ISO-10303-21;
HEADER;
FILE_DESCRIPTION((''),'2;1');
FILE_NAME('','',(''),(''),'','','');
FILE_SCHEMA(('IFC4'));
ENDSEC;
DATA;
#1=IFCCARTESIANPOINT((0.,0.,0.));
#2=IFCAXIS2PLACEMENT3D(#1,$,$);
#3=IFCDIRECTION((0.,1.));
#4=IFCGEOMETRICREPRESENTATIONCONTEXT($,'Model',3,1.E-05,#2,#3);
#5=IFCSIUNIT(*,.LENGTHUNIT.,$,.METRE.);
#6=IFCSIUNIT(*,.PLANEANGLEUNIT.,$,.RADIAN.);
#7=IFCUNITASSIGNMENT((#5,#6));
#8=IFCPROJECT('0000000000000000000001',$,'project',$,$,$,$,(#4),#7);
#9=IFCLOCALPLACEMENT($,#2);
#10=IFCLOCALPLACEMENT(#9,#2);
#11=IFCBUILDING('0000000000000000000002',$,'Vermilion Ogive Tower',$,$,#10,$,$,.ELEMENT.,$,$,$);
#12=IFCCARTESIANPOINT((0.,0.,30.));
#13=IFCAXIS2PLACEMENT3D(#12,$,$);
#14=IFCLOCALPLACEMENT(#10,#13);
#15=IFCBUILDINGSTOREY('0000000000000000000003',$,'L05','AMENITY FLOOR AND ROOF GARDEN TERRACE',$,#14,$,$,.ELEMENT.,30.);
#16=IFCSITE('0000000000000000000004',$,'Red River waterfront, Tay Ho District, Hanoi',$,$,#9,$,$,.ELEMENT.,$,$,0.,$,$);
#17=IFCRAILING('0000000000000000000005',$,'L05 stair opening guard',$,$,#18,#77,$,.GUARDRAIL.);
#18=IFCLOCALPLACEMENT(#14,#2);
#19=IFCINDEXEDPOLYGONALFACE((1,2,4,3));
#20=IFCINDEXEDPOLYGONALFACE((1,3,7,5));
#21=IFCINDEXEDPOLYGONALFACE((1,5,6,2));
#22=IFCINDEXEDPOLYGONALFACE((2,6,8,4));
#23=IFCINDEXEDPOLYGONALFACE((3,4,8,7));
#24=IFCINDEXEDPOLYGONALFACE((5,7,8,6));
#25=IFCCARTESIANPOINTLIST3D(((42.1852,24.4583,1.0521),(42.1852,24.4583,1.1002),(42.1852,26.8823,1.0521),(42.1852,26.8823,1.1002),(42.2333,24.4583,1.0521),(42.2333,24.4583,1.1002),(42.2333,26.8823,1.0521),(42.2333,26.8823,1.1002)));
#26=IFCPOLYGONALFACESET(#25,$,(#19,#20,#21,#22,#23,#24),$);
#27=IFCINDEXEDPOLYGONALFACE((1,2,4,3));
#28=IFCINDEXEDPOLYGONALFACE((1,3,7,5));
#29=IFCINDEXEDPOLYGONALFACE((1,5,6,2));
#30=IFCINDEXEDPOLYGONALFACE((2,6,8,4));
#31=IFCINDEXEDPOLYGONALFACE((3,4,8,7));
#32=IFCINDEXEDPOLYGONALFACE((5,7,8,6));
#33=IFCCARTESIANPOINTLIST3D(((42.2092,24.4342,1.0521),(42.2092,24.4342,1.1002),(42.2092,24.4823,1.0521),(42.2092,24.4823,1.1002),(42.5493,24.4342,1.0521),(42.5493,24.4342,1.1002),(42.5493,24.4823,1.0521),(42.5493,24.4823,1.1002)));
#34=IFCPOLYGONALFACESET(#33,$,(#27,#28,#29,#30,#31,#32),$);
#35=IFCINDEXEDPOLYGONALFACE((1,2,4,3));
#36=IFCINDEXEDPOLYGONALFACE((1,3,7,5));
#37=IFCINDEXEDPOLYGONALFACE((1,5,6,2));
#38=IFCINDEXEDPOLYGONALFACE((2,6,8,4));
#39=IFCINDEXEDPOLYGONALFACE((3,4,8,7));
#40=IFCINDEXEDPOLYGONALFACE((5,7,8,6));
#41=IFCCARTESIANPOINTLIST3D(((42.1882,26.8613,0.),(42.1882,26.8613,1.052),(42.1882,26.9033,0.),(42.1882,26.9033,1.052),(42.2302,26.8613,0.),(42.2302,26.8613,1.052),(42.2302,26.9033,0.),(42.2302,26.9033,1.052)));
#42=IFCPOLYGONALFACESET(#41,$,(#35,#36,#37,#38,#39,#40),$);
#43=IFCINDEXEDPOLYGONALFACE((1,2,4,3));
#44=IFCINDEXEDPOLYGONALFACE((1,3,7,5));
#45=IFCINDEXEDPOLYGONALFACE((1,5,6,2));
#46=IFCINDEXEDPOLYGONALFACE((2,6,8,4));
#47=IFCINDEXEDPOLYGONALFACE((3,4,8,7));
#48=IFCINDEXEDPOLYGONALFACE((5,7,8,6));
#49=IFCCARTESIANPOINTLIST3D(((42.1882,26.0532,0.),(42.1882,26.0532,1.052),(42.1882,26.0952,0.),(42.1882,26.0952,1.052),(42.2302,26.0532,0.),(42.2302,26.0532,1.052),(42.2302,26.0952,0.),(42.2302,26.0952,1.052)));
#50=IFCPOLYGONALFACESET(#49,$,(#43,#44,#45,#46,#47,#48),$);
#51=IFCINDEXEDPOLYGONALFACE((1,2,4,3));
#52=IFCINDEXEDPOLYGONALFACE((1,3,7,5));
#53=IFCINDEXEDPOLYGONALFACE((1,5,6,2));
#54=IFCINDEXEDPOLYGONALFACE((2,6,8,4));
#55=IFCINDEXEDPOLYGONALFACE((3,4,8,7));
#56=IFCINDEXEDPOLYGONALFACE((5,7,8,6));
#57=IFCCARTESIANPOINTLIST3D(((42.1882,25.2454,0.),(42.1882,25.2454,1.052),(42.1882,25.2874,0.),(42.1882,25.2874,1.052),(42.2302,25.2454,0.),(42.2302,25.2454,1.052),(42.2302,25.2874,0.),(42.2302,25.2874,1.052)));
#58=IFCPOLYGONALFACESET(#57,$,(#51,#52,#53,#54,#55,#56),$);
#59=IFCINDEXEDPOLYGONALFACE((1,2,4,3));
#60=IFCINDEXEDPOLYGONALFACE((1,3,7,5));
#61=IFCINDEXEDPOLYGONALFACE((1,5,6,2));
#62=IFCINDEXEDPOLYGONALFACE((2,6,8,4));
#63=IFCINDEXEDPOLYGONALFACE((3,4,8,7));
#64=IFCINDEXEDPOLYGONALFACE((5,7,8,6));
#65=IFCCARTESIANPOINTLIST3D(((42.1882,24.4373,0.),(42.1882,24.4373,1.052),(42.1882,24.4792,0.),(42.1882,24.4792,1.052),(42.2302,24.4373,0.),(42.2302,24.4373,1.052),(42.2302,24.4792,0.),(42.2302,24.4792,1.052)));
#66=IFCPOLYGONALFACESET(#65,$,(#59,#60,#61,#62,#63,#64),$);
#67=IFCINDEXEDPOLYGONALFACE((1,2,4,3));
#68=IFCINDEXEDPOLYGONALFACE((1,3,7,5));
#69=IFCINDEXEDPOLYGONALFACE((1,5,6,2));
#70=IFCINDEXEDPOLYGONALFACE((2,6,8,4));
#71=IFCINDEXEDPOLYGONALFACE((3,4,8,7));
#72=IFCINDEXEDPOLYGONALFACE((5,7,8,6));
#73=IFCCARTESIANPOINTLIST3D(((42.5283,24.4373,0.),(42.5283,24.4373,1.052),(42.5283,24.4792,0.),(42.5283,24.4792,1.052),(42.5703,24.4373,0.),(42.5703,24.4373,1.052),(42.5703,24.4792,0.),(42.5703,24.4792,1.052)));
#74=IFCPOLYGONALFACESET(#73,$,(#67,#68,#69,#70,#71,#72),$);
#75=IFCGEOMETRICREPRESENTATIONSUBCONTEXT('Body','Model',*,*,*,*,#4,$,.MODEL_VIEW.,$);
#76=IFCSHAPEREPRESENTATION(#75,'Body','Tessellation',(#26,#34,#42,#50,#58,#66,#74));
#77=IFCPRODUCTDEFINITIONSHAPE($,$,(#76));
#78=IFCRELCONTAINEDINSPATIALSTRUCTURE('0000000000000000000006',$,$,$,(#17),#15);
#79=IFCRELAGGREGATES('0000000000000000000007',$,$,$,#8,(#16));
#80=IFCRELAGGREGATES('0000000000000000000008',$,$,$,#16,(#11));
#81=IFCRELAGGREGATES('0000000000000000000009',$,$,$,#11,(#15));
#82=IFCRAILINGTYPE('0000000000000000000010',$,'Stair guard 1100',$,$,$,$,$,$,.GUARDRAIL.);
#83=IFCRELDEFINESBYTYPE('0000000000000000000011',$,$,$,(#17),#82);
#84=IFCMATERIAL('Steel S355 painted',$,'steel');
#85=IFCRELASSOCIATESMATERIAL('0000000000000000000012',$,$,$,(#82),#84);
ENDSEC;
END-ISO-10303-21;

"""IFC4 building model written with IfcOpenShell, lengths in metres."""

from ifc_helpers import new_model, si_unit, direction, frame, origin, origin_2d, place, context, subcontext, project, spatial, rectangle, extrude, material, type_object, element, save


model = new_model("IFC4")

# Units and contexts
model_context = context("Model", 3, precision=1e-05, world=origin(), true_north=direction((0.0, 1.0)))
body_context = subcontext(model_context, "Body", "Model", "MODEL_VIEW")
ifc_project = project(units=[si_unit("LENGTHUNIT", "METRE"), si_unit("PLANEANGLEUNIT", "RADIAN")], contexts=[model_context])

# Site, building, storey
site_placement = place(None, origin())
site = spatial("IfcSite", under=ifc_project, at=site_placement, Name="Red River waterfront, Tay Ho District, Hanoi", CompositionType="ELEMENT", RefElevation=0.0)
building_placement = place(site_placement, origin())
building = spatial("IfcBuilding", under=site, at=building_placement, Name="Vermilion Ogive Tower", CompositionType="ELEMENT")
storey_placement = place(building_placement, frame((0.0, 0.0, 30.0)))
storey = spatial("IfcBuildingStorey", under=building, at=storey_placement, Name="L05", Description="AMENITY FLOOR AND ROOF GARDEN TERRACE", CompositionType="ELEMENT", Elevation=30.0)

# Railing
ifc_material_1 = material(Name="Steel S355 painted", Category="steel")
railing_type = type_object("IfcRailingType", Name="Stair guard 1100", PredefinedType="GUARDRAIL", material=ifc_material_1)
railing_1_placement = place(storey_placement, frame((42.2092, 26.8823, 0.0)))
element("IfcRailing", 1, at=railing_1_placement, inside=storey, type_object=railing_type, Name="L05 stair opening guard", PredefinedType="GUARDRAIL", context=body_context, shape_type="SweptSolid", body=[
    extrude(rectangle(XDim=0.0481, YDim=0.0481, at=origin_2d()), frame((0.0, 0.0, 1.0762), z_axis=(0.0, -1.0, 0.0), x_axis=(1.0, 0.0, 0.0)), (0.0, 0.0, 1.0), 2.4241),
    extrude(rectangle(XDim=0.0481, YDim=0.0481, at=origin_2d()), frame((0.0, -2.4241, 1.0762), z_axis=(1.0, 0.0, 0.0), x_axis=(0.0, 1.0, 0.0)), (0.0, 0.0, 1.0), 0.3401),
    extrude(rectangle(XDim=0.042, YDim=0.042, at=origin_2d()), origin(), (0.0, 0.0, 1.0), 1.052),
    extrude(rectangle(XDim=0.042, YDim=0.042, at=origin_2d()), frame((0.0, -0.8081, 0.0)), (0.0, 0.0, 1.0), 1.052),
    extrude(rectangle(XDim=0.042, YDim=0.042, at=origin_2d()), frame((0.0, -1.616, 0.0)), (0.0, 0.0, 1.0), 1.052),
    extrude(rectangle(XDim=0.042, YDim=0.042, at=origin_2d()), frame((0.0, -2.4241, 0.0)), (0.0, 0.0, 1.0), 1.052),
    extrude(rectangle(XDim=0.042, YDim=0.042, at=origin_2d()), frame((0.3401, -2.4241, 0.0)), (0.0, 0.0, 1.0), 1.052),
])

save(model, "model.ifc")
